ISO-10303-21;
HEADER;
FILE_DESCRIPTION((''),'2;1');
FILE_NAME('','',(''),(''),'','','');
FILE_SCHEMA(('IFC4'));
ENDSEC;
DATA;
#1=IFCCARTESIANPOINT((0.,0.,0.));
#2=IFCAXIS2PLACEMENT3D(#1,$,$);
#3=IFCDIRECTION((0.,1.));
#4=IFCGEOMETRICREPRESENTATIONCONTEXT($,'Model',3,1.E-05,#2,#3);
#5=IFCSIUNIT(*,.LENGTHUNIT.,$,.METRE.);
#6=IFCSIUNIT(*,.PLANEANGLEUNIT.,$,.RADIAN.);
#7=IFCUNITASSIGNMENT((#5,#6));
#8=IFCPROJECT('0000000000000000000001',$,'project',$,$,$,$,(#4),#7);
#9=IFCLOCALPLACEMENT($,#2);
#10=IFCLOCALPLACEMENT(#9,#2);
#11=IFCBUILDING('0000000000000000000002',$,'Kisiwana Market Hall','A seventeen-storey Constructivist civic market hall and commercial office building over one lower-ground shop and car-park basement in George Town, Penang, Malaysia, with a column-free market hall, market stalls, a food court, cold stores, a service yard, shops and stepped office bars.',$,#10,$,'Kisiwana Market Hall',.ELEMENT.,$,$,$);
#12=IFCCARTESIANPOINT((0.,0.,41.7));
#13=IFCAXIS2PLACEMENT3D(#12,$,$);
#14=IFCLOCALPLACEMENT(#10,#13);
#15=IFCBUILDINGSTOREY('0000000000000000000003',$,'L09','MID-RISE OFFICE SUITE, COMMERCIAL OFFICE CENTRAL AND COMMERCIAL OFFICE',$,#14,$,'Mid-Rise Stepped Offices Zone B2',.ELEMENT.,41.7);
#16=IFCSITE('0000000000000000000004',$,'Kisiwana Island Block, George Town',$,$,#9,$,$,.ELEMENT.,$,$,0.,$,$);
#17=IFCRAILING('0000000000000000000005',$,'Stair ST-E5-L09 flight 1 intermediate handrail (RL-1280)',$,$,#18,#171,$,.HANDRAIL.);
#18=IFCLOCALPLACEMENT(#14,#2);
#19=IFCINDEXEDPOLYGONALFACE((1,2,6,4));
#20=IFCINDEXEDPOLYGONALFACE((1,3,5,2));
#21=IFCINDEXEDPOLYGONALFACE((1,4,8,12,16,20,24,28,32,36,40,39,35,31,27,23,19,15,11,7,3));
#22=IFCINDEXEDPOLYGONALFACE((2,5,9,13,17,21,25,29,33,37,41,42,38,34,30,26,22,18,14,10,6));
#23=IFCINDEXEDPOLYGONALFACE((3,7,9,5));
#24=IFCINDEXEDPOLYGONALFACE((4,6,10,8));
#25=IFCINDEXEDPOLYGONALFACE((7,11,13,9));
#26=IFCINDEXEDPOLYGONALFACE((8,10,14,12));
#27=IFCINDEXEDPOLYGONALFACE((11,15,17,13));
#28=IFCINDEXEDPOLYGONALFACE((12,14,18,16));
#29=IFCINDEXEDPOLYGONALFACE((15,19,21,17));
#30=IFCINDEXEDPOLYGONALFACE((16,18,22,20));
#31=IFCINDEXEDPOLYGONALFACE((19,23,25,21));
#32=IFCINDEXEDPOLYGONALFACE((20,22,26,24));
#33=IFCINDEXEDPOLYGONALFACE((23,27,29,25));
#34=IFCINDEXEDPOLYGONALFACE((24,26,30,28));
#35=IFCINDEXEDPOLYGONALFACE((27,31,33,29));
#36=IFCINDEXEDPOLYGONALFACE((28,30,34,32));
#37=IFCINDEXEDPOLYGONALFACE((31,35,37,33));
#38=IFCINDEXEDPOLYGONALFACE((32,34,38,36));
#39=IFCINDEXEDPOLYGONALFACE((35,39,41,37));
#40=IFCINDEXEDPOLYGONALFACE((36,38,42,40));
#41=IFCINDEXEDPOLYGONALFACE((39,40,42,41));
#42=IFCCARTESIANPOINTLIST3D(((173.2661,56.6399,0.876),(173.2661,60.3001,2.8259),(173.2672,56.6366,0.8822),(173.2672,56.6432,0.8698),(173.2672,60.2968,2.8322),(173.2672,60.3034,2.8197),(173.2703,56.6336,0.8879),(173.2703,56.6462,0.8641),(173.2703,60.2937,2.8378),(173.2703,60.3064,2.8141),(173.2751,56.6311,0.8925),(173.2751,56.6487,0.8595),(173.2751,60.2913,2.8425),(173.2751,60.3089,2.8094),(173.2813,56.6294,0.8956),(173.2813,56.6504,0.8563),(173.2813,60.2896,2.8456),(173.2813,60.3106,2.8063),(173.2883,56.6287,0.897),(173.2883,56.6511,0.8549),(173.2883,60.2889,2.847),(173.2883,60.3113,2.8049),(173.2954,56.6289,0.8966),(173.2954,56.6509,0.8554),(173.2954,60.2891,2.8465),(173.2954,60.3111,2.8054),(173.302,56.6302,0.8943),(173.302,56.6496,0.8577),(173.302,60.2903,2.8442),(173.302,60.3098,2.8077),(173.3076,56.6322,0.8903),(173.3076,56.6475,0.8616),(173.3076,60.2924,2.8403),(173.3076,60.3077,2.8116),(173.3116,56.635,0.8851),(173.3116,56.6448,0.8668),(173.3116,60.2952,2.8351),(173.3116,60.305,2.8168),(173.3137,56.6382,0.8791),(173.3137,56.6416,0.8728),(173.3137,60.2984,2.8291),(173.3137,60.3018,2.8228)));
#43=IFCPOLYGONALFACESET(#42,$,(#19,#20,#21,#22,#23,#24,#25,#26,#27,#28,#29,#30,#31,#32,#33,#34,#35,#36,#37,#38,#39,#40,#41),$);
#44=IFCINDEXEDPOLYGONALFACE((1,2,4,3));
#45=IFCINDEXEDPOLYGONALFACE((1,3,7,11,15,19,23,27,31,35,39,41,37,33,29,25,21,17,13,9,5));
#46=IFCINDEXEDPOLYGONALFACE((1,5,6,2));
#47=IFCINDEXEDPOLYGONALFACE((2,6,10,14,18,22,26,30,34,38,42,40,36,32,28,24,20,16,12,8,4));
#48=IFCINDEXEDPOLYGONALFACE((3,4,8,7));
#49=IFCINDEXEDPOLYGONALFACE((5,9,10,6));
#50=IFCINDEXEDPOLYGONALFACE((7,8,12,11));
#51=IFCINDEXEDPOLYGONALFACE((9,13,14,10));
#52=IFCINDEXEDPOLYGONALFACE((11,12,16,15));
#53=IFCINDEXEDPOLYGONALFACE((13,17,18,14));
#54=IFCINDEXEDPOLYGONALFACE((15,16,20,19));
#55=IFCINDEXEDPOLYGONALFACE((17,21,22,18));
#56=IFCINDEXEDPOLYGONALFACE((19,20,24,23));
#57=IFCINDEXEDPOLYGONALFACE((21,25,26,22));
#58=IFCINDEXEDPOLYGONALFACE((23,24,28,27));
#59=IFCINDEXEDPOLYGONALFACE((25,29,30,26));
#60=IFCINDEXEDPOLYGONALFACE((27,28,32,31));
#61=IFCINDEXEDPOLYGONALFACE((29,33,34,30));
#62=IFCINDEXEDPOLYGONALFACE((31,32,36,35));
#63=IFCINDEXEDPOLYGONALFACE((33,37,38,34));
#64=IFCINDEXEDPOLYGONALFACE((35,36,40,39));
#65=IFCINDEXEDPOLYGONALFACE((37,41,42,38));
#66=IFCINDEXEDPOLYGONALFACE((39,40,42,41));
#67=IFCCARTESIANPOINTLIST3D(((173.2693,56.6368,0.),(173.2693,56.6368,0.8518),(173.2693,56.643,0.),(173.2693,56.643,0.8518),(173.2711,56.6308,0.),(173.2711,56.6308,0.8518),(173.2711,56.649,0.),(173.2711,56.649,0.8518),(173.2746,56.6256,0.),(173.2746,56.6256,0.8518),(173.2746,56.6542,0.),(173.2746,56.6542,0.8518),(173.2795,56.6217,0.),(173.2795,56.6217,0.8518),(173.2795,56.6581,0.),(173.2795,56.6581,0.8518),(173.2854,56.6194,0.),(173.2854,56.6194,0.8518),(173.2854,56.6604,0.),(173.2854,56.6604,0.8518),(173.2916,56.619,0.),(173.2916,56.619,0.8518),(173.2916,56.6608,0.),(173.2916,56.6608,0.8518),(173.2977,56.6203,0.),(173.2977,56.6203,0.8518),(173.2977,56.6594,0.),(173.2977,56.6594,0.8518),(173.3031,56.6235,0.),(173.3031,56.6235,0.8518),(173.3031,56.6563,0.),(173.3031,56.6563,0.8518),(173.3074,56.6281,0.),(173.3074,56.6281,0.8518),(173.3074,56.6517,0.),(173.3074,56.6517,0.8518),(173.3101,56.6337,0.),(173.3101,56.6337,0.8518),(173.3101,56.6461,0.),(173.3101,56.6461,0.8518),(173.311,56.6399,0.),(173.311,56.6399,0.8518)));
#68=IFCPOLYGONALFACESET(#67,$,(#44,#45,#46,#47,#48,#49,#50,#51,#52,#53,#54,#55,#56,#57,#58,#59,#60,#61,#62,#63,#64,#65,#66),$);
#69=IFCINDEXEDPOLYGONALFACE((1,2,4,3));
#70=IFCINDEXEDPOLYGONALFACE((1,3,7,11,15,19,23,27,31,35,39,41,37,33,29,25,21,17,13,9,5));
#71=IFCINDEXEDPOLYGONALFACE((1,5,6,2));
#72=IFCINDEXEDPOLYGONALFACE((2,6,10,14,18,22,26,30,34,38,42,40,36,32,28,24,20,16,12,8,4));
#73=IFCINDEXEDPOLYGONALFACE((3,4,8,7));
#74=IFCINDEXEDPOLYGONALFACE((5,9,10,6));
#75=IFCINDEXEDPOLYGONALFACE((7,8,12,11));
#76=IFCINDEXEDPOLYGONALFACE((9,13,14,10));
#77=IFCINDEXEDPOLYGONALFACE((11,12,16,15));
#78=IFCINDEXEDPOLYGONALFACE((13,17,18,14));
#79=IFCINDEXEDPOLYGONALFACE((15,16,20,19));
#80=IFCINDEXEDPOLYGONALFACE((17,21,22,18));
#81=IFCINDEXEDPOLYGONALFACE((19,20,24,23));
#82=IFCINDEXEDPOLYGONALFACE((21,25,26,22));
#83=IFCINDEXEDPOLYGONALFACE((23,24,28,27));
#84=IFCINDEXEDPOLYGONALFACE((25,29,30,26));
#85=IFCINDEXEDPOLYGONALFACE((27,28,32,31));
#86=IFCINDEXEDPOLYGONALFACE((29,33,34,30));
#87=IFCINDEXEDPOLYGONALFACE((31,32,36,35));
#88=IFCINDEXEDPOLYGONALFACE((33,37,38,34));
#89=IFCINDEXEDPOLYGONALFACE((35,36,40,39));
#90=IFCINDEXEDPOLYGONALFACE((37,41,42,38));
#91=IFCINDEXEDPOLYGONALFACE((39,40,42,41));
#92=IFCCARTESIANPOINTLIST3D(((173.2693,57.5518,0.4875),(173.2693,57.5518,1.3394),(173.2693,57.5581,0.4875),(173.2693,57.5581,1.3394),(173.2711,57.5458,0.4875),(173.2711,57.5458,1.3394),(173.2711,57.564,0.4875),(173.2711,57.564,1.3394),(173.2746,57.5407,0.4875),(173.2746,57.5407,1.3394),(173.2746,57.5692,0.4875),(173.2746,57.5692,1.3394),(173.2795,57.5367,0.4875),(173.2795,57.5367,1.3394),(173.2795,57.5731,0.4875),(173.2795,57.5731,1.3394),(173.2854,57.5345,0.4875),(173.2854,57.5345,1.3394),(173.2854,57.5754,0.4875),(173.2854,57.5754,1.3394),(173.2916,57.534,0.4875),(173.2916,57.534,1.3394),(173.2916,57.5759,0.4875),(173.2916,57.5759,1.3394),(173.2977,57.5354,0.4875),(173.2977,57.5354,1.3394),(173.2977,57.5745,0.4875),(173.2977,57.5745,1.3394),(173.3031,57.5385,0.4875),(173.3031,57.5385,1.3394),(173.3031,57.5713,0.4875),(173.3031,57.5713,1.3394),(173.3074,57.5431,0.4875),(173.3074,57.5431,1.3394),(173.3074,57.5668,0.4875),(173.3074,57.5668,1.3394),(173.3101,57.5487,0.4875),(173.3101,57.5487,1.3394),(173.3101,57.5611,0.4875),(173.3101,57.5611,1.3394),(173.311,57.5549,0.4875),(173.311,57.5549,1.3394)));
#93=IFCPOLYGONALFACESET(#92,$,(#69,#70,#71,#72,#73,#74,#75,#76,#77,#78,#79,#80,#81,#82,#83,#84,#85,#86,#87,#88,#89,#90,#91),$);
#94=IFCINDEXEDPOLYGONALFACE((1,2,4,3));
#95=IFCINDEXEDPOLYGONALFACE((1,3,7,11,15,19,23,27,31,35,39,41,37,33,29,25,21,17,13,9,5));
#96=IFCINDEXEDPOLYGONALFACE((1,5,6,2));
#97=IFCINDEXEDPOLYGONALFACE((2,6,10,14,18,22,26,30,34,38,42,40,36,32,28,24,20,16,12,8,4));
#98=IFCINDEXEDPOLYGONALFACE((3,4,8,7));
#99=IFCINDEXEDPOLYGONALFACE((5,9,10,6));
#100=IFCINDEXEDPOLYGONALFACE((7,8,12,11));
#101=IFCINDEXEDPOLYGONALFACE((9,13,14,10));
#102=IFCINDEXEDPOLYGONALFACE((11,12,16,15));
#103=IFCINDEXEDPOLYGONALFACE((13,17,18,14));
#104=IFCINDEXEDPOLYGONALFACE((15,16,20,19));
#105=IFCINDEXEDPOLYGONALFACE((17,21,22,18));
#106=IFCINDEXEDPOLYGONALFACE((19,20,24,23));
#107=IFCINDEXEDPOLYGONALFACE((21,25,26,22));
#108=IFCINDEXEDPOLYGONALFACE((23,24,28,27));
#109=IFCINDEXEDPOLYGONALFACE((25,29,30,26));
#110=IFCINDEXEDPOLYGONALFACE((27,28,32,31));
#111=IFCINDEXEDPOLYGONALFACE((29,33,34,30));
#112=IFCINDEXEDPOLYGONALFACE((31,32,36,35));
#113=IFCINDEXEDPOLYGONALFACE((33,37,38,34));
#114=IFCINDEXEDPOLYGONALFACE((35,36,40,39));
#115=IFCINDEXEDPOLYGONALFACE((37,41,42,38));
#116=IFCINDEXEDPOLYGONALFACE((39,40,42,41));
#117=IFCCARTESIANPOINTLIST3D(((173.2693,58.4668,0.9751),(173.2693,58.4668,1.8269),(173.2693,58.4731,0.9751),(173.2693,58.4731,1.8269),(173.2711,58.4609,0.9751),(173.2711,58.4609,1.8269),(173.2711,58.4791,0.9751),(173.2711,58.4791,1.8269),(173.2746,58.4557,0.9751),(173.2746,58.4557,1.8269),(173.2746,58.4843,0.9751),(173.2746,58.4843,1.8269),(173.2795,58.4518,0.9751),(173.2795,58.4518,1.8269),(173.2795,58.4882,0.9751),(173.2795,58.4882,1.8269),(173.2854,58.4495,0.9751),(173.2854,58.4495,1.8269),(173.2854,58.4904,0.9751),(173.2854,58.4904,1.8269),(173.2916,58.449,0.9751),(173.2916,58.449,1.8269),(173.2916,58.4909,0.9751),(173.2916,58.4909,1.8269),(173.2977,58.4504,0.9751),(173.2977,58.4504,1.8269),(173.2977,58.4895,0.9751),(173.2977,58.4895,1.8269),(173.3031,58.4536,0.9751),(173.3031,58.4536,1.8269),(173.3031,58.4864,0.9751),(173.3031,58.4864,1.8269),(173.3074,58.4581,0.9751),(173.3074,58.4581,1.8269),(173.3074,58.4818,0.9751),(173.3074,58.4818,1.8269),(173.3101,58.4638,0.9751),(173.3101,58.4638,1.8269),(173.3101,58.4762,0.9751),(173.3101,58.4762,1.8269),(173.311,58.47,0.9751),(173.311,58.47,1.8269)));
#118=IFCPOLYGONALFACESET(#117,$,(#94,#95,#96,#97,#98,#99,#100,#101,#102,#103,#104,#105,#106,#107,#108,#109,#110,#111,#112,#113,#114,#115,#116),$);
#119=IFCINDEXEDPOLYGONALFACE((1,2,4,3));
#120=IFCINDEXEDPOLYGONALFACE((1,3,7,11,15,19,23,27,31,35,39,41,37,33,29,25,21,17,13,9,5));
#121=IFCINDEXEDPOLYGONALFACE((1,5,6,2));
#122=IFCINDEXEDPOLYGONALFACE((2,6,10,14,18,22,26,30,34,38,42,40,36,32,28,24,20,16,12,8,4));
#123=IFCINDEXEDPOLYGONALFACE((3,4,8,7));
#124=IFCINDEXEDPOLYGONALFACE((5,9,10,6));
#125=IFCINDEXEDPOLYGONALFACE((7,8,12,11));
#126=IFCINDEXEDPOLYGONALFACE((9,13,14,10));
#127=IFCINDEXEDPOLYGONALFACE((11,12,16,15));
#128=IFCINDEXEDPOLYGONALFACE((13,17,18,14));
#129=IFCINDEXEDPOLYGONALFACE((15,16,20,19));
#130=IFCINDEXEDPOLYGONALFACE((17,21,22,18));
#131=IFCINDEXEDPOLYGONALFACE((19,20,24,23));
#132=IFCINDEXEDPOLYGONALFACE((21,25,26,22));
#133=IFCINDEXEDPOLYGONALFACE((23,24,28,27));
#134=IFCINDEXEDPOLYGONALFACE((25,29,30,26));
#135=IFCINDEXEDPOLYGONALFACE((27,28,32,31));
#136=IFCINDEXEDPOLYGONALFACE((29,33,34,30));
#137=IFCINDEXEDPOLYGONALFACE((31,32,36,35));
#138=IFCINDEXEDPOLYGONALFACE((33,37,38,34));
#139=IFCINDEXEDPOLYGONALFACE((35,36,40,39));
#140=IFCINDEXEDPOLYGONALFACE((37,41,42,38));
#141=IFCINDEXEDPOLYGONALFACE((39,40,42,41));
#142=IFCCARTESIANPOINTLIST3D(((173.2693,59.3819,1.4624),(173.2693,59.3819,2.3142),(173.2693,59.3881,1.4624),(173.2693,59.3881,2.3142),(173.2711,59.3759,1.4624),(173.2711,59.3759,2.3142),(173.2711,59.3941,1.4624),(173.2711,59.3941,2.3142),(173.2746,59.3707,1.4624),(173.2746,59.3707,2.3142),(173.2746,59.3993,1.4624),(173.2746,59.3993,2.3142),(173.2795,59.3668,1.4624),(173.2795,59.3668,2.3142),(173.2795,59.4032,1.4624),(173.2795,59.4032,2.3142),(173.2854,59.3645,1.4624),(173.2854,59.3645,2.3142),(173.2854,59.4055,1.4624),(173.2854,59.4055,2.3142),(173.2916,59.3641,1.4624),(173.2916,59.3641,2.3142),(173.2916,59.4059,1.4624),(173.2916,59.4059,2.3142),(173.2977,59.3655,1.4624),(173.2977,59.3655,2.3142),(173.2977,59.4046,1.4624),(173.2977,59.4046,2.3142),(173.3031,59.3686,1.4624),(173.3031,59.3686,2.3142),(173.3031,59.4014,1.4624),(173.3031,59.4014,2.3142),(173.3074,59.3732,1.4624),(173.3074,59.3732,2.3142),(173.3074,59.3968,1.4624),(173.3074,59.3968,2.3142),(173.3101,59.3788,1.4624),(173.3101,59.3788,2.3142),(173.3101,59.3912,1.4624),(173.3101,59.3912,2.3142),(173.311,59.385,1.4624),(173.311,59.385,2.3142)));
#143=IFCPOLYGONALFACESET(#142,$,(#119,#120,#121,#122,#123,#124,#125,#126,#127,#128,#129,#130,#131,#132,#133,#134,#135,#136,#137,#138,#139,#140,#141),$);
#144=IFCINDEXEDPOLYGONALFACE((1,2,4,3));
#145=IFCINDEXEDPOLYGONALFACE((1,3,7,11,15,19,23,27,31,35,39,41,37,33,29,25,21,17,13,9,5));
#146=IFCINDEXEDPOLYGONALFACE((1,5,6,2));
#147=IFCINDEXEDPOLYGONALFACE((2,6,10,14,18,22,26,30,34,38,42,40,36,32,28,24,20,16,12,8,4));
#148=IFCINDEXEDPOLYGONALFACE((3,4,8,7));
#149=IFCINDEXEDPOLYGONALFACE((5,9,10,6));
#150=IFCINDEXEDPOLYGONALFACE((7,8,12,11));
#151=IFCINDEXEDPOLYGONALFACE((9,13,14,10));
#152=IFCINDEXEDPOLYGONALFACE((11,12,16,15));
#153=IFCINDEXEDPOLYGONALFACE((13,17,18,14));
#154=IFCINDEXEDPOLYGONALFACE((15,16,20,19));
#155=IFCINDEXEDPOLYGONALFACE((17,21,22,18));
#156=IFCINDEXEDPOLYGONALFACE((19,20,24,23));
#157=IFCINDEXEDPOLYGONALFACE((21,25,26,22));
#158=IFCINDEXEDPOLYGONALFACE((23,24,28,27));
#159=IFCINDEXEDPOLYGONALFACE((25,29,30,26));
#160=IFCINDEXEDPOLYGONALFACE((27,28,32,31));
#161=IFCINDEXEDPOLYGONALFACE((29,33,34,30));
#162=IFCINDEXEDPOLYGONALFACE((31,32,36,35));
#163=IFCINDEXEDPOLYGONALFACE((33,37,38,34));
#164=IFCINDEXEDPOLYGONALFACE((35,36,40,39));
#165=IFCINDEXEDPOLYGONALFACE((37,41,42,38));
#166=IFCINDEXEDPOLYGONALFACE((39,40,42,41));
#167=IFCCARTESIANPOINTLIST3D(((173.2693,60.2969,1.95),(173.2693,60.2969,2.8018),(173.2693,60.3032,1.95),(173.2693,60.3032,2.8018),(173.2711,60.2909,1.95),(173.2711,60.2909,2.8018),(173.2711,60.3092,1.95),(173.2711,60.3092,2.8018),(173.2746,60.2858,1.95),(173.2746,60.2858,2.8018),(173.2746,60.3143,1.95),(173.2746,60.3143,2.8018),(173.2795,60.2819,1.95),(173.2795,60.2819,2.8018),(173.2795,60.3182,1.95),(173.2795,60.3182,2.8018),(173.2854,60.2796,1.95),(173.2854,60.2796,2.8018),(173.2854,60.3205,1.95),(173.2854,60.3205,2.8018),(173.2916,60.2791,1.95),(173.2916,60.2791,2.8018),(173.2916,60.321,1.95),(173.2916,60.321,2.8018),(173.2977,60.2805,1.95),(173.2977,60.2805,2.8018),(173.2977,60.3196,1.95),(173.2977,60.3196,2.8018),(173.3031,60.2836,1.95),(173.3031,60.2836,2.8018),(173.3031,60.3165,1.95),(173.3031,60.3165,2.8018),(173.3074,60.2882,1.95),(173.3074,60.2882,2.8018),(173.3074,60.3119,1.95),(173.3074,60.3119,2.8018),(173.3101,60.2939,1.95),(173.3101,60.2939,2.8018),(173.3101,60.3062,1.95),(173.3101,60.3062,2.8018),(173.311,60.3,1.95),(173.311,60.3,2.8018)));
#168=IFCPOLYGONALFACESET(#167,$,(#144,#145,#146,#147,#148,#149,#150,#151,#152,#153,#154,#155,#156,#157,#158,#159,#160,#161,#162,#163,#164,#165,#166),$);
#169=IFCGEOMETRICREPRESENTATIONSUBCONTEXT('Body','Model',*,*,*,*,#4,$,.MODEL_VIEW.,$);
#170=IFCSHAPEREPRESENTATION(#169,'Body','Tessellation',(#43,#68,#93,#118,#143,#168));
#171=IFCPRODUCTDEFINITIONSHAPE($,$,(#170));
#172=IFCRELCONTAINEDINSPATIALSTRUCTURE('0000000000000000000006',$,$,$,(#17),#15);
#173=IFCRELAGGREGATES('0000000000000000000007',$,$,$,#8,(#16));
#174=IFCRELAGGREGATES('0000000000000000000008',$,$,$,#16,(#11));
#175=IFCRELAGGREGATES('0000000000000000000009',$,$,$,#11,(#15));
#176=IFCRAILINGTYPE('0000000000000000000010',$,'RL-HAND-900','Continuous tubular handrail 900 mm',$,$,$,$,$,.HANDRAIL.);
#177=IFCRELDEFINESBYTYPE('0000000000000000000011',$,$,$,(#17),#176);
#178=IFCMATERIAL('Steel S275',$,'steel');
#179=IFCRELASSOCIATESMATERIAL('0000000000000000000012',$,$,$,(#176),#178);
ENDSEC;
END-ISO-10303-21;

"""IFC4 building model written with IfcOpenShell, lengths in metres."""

from ifc_helpers import new_model, si_unit, direction, frame, origin, origin_2d, place, context, subcontext, project, spatial, circle, extrude, material, type_object, element, save


model = new_model("IFC4")

# Units and contexts
model_context = context("Model", 3, precision=1e-05, world=origin(), true_north=direction((0.0, 1.0)))
body_context = subcontext(model_context, "Body", "Model", "MODEL_VIEW")
ifc_project = project(units=[si_unit("LENGTHUNIT", "METRE"), si_unit("PLANEANGLEUNIT", "RADIAN")], contexts=[model_context])

# Site, building, storey
site_placement = place(None, origin())
site = spatial("IfcSite", under=ifc_project, at=site_placement, Name="Kisiwana Island Block, George Town", CompositionType="ELEMENT", RefElevation=0.0)
building_placement = place(site_placement, origin())
building = spatial("IfcBuilding", under=site, at=building_placement, Name="Kisiwana Market Hall", Description="A seventeen-storey Constructivist civic market hall and commercial office building over one lower-ground shop and car-park basement in George Town, Penang, Malaysia, with a column-free market hall, market stalls, a food court, cold stores, a service yard, shops and stepped office bars.", LongName="Kisiwana Market Hall", CompositionType="ELEMENT")
storey_placement = place(building_placement, frame((0.0, 0.0, 41.7)))
storey = spatial("IfcBuildingStorey", under=building, at=storey_placement, Name="L09", Description="MID-RISE OFFICE SUITE, COMMERCIAL OFFICE CENTRAL AND COMMERCIAL OFFICE", LongName="Mid-Rise Stepped Offices Zone B2", CompositionType="ELEMENT", Elevation=41.7)

# Railing
ifc_material_1 = material(Name="Steel S275", Category="steel")
railing_type_1 = type_object("IfcRailingType", Name="RL-HAND-900", Description="Continuous tubular handrail 900 mm", PredefinedType="HANDRAIL", material=ifc_material_1)
railing_1_placement = place(storey_placement, frame((173.29, 56.6399, 0.0)))
element("IfcRailing", 1, at=railing_1_placement, inside=storey, type_object=railing_type_1, Name="Stair ST-E5-L09 flight 1 intermediate handrail (RL-1280)", PredefinedType="HANDRAIL", context=body_context, shape_type="SweptSolid", body=[
    extrude(circle(Radius=0.0239, at=origin_2d()), frame((0.0, 0.0, 0.876), z_axis=(0.0, 0.882566, 0.470188), x_axis=(-1.0, 0.0, 0.0)), (0.0, 0.0, 1.0), 4.1472),
    extrude(circle(Radius=0.021, at=origin_2d()), origin(), (0.0, 0.0, 1.0), 0.8518),
    extrude(circle(Radius=0.021, at=origin_2d()), frame((0.0, 0.915, 0.4875)), (0.0, 0.0, 1.0), 0.8518),
    extrude(circle(Radius=0.021, at=origin_2d()), frame((0.0, 1.8301, 0.9751)), (0.0, 0.0, 1.0), 0.8518),
    extrude(circle(Radius=0.021, at=origin_2d()), frame((0.0, 2.7451, 1.4624)), (0.0, 0.0, 1.0), 0.8518),
    extrude(circle(Radius=0.021, at=origin_2d()), frame((0.0, 3.6602, 1.95)), (0.0, 0.0, 1.0), 0.8518),
])

save(model, "model.ifc")
